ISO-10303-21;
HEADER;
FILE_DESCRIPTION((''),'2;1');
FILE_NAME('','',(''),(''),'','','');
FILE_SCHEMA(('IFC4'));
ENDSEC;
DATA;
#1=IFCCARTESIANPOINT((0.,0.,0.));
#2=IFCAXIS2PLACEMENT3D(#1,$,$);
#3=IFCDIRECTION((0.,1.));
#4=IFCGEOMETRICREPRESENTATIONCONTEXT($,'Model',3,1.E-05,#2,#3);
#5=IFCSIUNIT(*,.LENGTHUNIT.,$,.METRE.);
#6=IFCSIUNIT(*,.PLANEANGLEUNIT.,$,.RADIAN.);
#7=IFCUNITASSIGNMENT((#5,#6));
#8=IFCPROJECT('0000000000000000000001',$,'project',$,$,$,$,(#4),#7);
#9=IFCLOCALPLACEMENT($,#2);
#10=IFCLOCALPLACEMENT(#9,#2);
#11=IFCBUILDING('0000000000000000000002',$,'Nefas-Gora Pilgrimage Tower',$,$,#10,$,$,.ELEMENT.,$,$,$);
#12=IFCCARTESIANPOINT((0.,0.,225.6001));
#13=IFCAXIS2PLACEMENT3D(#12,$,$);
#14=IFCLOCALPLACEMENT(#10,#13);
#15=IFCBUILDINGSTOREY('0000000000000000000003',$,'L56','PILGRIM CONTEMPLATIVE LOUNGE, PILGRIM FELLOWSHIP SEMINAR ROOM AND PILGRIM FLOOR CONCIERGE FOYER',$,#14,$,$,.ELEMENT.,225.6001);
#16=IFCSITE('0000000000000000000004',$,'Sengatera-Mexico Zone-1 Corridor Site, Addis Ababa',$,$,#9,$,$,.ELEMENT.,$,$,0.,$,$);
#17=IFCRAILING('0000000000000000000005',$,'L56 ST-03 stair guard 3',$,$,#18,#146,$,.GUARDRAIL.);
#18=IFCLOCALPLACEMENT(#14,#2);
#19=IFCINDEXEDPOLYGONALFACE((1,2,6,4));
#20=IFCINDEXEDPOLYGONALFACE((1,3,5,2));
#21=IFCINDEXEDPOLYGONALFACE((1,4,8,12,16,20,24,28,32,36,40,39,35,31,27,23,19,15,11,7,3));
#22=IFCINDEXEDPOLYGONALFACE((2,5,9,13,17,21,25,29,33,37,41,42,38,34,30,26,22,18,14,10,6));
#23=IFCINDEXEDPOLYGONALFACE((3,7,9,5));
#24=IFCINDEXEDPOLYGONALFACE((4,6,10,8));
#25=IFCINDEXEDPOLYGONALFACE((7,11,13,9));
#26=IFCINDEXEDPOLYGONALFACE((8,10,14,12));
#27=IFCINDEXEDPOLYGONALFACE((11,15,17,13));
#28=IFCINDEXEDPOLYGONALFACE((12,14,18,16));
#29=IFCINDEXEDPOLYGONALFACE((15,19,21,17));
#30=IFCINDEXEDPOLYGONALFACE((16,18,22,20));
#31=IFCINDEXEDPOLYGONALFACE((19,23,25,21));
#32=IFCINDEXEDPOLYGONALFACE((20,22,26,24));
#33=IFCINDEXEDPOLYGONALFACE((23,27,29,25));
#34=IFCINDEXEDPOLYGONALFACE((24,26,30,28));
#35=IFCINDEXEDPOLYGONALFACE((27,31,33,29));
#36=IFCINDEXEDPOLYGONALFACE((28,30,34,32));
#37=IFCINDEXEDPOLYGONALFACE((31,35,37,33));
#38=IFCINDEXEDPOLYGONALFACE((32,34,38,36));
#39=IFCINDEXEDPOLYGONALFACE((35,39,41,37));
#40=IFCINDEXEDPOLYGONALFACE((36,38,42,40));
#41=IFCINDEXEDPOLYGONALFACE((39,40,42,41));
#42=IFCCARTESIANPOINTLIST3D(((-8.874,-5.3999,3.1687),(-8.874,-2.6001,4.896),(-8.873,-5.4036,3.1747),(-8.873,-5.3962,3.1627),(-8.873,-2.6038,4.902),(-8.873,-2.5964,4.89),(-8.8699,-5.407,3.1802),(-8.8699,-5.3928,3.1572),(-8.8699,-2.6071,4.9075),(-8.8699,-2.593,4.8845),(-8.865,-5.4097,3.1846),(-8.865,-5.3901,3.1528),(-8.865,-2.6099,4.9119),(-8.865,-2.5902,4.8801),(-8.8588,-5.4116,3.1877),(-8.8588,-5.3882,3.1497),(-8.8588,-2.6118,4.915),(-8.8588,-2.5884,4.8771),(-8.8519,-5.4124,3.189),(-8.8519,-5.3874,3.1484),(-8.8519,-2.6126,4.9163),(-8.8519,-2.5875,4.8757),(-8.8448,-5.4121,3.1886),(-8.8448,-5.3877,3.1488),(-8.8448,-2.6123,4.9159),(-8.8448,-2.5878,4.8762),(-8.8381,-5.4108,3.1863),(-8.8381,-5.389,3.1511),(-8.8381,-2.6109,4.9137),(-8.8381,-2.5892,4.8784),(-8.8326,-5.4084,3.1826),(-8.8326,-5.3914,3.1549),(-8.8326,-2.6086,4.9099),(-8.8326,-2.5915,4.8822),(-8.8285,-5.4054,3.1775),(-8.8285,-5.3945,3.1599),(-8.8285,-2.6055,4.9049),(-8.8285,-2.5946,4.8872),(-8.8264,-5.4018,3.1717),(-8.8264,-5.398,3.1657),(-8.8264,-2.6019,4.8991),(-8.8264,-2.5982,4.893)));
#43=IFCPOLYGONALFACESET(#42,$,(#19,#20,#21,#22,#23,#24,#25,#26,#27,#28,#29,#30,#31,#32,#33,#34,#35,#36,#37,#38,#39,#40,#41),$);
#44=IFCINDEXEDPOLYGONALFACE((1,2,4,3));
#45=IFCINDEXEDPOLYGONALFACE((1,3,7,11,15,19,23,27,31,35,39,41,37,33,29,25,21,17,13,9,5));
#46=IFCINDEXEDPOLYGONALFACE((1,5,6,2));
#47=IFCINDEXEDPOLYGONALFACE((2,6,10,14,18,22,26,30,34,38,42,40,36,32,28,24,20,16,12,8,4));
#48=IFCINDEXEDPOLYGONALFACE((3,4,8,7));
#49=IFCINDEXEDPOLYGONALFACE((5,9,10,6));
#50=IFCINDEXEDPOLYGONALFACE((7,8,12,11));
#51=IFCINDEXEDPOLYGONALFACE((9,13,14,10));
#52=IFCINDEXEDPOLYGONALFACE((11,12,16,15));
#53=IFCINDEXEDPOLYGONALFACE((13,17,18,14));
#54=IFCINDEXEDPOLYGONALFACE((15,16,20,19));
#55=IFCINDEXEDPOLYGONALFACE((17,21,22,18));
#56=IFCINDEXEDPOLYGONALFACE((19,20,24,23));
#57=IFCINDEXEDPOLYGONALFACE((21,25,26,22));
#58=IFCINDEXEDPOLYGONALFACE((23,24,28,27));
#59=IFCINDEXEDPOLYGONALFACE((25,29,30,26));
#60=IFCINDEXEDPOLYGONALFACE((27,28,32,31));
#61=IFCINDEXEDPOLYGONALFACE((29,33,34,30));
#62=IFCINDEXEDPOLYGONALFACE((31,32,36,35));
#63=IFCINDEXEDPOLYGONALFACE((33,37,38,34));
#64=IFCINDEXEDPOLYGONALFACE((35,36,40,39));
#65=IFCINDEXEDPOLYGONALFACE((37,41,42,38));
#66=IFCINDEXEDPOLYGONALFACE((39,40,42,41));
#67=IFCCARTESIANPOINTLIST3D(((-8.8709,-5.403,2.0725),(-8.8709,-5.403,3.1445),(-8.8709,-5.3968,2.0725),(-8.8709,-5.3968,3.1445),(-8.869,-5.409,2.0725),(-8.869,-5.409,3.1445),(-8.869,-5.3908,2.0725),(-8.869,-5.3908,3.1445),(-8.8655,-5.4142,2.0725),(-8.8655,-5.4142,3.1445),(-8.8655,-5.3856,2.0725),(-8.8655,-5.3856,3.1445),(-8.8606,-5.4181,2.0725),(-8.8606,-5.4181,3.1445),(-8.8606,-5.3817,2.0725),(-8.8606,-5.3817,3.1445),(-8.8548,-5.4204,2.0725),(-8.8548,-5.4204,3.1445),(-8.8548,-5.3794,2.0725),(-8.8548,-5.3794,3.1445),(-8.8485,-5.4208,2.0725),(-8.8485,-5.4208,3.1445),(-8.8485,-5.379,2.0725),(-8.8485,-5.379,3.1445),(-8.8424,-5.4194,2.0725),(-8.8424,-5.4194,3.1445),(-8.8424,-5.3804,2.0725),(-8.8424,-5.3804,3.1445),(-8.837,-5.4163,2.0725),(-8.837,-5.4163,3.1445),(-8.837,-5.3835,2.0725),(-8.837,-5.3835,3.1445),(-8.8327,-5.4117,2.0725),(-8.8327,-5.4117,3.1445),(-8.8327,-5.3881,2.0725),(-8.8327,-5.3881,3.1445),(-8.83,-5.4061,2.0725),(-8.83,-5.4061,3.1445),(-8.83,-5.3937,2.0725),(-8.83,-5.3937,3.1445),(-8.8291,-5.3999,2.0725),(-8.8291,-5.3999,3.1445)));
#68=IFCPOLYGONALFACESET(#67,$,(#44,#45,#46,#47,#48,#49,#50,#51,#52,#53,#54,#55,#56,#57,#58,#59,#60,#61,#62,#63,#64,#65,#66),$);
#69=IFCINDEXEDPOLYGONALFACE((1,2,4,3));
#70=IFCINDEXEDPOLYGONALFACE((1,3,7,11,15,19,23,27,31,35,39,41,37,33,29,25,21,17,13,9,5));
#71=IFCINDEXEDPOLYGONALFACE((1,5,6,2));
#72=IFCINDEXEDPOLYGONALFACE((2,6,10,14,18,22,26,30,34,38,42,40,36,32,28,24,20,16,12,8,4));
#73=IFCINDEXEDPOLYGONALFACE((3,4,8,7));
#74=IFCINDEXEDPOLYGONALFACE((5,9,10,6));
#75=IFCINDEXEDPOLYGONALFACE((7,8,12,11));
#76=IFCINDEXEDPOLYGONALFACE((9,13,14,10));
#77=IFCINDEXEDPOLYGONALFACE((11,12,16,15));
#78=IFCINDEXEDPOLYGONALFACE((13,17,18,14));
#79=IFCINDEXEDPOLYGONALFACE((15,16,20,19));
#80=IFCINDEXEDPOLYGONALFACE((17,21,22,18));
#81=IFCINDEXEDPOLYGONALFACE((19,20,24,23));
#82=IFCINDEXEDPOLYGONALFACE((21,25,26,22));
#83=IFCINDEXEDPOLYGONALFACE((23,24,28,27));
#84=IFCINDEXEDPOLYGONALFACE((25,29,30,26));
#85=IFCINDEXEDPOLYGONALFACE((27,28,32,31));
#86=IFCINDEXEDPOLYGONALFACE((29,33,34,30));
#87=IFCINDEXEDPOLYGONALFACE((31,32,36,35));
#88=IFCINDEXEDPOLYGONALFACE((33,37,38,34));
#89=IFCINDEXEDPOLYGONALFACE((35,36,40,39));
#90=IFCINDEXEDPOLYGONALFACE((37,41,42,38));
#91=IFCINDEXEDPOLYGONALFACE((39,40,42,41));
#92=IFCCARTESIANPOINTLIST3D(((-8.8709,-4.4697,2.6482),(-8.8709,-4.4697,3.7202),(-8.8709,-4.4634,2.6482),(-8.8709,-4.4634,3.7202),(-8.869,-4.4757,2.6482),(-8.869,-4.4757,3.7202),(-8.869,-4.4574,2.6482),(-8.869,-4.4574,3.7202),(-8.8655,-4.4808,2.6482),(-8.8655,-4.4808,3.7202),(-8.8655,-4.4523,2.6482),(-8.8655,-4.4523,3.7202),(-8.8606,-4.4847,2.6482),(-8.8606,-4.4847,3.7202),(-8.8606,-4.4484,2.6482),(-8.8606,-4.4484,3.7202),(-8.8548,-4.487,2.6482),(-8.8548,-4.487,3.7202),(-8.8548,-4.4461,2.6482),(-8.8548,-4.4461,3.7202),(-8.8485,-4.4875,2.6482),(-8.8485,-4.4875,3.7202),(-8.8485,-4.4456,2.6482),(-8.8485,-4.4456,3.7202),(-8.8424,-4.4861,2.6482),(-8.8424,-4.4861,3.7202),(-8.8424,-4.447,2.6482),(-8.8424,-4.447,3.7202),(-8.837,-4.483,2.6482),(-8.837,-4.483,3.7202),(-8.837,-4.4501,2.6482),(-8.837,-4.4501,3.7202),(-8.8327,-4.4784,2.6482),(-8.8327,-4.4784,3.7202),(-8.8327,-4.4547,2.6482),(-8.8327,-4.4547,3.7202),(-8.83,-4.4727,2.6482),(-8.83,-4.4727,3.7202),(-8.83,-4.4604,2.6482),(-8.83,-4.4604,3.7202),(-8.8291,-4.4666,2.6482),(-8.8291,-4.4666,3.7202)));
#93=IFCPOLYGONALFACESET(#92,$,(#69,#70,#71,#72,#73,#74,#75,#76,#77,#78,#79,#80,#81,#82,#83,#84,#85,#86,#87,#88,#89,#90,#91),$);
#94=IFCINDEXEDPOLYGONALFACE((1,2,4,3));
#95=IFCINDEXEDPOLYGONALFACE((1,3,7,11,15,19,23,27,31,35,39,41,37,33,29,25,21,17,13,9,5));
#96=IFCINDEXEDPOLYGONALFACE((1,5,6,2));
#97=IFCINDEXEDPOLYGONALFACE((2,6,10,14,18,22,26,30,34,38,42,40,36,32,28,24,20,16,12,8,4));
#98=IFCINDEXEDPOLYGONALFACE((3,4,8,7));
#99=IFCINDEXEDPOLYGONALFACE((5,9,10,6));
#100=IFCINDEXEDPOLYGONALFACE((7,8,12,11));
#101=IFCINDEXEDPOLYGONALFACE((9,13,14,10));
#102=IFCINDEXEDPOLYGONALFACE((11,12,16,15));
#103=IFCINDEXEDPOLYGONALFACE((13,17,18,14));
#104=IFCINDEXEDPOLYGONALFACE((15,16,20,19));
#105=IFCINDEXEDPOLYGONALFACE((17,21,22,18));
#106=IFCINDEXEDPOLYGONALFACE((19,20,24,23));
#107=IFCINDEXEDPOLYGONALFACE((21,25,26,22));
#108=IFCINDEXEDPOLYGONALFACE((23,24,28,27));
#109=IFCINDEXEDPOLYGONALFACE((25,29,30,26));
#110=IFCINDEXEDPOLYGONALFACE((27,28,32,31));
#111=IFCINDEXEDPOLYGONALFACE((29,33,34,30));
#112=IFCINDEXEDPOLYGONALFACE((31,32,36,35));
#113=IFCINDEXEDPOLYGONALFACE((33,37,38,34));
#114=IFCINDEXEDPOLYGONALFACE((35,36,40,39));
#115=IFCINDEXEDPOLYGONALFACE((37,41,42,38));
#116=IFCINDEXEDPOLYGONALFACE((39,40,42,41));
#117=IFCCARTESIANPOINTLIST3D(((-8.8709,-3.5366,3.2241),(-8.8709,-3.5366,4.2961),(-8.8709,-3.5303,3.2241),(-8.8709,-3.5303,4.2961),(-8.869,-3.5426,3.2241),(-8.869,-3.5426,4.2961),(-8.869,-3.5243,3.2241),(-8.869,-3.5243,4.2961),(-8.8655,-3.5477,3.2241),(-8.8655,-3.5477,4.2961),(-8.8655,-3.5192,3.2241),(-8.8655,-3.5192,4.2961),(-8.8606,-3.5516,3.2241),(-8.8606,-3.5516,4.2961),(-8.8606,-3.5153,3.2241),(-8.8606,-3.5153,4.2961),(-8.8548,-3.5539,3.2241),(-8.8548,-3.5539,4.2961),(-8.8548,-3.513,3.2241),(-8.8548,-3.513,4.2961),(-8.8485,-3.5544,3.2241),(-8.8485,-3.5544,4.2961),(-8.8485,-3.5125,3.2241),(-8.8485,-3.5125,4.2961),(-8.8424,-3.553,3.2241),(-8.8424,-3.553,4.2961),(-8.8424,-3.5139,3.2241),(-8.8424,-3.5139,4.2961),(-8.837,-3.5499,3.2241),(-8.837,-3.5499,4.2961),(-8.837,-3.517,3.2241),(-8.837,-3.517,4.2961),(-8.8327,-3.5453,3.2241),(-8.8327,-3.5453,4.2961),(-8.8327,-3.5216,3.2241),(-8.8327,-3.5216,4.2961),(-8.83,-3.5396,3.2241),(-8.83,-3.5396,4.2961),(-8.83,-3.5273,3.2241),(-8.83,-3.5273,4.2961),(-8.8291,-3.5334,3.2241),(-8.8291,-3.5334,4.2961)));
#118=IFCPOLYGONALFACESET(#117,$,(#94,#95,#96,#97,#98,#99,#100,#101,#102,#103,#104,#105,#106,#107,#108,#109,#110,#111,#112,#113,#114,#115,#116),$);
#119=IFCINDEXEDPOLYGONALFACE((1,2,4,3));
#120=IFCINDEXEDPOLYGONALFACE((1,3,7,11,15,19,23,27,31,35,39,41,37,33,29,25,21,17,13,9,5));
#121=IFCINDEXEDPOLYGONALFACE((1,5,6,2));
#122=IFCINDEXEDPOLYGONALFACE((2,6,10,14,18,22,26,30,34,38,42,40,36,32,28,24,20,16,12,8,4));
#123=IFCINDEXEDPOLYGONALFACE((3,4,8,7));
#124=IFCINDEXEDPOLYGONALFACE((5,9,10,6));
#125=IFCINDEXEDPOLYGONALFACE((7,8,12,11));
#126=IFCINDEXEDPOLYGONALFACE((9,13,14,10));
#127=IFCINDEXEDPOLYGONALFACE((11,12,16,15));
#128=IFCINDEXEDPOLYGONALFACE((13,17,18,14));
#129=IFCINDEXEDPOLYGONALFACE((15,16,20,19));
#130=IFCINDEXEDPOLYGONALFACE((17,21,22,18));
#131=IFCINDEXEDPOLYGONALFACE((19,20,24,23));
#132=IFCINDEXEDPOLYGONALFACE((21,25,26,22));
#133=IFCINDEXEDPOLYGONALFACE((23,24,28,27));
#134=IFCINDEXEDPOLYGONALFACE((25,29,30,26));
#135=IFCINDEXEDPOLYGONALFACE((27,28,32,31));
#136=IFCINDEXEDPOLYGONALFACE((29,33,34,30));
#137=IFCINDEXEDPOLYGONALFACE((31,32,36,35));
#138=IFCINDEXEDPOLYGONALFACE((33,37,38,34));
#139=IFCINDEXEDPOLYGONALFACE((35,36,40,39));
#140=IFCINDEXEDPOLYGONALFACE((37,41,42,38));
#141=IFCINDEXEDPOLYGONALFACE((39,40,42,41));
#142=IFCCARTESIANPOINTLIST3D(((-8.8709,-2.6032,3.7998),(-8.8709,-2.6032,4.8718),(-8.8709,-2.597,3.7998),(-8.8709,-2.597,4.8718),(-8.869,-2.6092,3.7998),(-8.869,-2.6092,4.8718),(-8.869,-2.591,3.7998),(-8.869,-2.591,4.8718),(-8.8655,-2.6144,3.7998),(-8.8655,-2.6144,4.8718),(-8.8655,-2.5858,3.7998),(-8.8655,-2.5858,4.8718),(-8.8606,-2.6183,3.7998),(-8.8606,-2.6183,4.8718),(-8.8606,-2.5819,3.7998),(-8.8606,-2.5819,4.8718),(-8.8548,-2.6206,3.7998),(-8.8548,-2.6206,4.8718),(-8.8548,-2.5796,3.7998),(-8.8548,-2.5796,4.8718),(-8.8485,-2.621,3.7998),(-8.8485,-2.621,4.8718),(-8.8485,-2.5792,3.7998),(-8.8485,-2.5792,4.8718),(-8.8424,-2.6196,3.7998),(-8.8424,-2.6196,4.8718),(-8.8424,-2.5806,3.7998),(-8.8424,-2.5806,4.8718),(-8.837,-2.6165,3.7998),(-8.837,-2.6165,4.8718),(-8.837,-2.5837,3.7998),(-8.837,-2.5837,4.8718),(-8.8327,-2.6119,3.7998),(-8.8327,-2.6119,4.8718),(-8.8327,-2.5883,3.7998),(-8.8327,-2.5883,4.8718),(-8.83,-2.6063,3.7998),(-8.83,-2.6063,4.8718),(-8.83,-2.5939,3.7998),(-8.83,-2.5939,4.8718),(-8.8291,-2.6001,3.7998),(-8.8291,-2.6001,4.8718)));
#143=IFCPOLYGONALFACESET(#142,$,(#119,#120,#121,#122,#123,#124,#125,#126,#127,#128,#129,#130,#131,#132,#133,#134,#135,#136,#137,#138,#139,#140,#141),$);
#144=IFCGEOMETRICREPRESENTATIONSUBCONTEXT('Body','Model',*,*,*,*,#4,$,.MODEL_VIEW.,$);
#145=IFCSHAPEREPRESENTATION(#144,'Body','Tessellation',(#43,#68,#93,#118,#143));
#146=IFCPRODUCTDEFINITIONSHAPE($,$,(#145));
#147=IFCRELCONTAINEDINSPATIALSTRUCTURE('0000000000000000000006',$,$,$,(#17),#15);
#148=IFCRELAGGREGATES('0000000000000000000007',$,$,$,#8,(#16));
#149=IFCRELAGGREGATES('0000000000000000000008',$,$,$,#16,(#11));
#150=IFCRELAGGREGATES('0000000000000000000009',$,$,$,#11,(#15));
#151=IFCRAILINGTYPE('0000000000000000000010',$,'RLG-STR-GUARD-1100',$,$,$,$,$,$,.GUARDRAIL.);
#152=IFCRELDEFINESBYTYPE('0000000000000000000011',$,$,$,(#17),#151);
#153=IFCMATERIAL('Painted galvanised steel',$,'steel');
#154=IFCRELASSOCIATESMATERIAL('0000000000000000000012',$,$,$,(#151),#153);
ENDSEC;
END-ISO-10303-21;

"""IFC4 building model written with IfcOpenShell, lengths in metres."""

from ifc_helpers import new_model, si_unit, direction, frame, origin, origin_2d, place, context, subcontext, project, spatial, circle, extrude, material, type_object, element, save


model = new_model("IFC4")

# Units and contexts
model_context = context("Model", 3, precision=1e-05, world=origin(), true_north=direction((0.0, 1.0)))
body_context = subcontext(model_context, "Body", "Model", "MODEL_VIEW")
ifc_project = project(units=[si_unit("LENGTHUNIT", "METRE"), si_unit("PLANEANGLEUNIT", "RADIAN")], contexts=[model_context])

# Site, building, storey
site_placement = place(None, origin())
site = spatial("IfcSite", under=ifc_project, at=site_placement, Name="Sengatera-Mexico Zone-1 Corridor Site, Addis Ababa", CompositionType="ELEMENT", RefElevation=0.0)
building_placement = place(site_placement, origin())
building = spatial("IfcBuilding", under=site, at=building_placement, Name="Nefas-Gora Pilgrimage Tower", CompositionType="ELEMENT")
storey_placement = place(building_placement, frame((0.0, 0.0, 225.6001)))
storey = spatial("IfcBuildingStorey", under=building, at=storey_placement, Name="L56", Description="PILGRIM CONTEMPLATIVE LOUNGE, PILGRIM FELLOWSHIP SEMINAR ROOM AND PILGRIM FLOOR CONCIERGE FOYER", CompositionType="ELEMENT", Elevation=225.6001)

# Railing
ifc_material_1 = material(Name="Painted galvanised steel", Category="steel")
railing_type_1 = type_object("IfcRailingType", Name="RLG-STR-GUARD-1100", PredefinedType="GUARDRAIL", material=ifc_material_1)
railing_1_placement = place(storey_placement, frame((-8.8501, -5.3999, 2.0725)))
element("IfcRailing", 1, at=railing_1_placement, inside=storey, type_object=railing_type_1, Name="L56 ST-03 stair guard 3", PredefinedType="GUARDRAIL", context=body_context, shape_type="SweptSolid", body=[
    extrude(circle(Radius=0.0239, at=origin_2d()), frame((0.0, 0.0, 1.0962), z_axis=(0.0, 0.851069, 0.525054), x_axis=(-1.0, 0.0, 0.0)), (0.0, 0.0, 1.0), 3.2898),
    extrude(circle(Radius=0.021, at=origin_2d()), origin(), (0.0, 0.0, 1.0), 1.072),
    extrude(circle(Radius=0.021, at=origin_2d()), frame((0.0, 0.9333, 0.5757)), (0.0, 0.0, 1.0), 1.072),
    extrude(circle(Radius=0.021, at=origin_2d()), frame((0.0, 1.8665, 1.1516)), (0.0, 0.0, 1.0), 1.072),
    extrude(circle(Radius=0.021, at=origin_2d()), frame((0.0, 2.7998, 1.7273)), (0.0, 0.0, 1.0), 1.072),
])

save(model, "model.ifc")
